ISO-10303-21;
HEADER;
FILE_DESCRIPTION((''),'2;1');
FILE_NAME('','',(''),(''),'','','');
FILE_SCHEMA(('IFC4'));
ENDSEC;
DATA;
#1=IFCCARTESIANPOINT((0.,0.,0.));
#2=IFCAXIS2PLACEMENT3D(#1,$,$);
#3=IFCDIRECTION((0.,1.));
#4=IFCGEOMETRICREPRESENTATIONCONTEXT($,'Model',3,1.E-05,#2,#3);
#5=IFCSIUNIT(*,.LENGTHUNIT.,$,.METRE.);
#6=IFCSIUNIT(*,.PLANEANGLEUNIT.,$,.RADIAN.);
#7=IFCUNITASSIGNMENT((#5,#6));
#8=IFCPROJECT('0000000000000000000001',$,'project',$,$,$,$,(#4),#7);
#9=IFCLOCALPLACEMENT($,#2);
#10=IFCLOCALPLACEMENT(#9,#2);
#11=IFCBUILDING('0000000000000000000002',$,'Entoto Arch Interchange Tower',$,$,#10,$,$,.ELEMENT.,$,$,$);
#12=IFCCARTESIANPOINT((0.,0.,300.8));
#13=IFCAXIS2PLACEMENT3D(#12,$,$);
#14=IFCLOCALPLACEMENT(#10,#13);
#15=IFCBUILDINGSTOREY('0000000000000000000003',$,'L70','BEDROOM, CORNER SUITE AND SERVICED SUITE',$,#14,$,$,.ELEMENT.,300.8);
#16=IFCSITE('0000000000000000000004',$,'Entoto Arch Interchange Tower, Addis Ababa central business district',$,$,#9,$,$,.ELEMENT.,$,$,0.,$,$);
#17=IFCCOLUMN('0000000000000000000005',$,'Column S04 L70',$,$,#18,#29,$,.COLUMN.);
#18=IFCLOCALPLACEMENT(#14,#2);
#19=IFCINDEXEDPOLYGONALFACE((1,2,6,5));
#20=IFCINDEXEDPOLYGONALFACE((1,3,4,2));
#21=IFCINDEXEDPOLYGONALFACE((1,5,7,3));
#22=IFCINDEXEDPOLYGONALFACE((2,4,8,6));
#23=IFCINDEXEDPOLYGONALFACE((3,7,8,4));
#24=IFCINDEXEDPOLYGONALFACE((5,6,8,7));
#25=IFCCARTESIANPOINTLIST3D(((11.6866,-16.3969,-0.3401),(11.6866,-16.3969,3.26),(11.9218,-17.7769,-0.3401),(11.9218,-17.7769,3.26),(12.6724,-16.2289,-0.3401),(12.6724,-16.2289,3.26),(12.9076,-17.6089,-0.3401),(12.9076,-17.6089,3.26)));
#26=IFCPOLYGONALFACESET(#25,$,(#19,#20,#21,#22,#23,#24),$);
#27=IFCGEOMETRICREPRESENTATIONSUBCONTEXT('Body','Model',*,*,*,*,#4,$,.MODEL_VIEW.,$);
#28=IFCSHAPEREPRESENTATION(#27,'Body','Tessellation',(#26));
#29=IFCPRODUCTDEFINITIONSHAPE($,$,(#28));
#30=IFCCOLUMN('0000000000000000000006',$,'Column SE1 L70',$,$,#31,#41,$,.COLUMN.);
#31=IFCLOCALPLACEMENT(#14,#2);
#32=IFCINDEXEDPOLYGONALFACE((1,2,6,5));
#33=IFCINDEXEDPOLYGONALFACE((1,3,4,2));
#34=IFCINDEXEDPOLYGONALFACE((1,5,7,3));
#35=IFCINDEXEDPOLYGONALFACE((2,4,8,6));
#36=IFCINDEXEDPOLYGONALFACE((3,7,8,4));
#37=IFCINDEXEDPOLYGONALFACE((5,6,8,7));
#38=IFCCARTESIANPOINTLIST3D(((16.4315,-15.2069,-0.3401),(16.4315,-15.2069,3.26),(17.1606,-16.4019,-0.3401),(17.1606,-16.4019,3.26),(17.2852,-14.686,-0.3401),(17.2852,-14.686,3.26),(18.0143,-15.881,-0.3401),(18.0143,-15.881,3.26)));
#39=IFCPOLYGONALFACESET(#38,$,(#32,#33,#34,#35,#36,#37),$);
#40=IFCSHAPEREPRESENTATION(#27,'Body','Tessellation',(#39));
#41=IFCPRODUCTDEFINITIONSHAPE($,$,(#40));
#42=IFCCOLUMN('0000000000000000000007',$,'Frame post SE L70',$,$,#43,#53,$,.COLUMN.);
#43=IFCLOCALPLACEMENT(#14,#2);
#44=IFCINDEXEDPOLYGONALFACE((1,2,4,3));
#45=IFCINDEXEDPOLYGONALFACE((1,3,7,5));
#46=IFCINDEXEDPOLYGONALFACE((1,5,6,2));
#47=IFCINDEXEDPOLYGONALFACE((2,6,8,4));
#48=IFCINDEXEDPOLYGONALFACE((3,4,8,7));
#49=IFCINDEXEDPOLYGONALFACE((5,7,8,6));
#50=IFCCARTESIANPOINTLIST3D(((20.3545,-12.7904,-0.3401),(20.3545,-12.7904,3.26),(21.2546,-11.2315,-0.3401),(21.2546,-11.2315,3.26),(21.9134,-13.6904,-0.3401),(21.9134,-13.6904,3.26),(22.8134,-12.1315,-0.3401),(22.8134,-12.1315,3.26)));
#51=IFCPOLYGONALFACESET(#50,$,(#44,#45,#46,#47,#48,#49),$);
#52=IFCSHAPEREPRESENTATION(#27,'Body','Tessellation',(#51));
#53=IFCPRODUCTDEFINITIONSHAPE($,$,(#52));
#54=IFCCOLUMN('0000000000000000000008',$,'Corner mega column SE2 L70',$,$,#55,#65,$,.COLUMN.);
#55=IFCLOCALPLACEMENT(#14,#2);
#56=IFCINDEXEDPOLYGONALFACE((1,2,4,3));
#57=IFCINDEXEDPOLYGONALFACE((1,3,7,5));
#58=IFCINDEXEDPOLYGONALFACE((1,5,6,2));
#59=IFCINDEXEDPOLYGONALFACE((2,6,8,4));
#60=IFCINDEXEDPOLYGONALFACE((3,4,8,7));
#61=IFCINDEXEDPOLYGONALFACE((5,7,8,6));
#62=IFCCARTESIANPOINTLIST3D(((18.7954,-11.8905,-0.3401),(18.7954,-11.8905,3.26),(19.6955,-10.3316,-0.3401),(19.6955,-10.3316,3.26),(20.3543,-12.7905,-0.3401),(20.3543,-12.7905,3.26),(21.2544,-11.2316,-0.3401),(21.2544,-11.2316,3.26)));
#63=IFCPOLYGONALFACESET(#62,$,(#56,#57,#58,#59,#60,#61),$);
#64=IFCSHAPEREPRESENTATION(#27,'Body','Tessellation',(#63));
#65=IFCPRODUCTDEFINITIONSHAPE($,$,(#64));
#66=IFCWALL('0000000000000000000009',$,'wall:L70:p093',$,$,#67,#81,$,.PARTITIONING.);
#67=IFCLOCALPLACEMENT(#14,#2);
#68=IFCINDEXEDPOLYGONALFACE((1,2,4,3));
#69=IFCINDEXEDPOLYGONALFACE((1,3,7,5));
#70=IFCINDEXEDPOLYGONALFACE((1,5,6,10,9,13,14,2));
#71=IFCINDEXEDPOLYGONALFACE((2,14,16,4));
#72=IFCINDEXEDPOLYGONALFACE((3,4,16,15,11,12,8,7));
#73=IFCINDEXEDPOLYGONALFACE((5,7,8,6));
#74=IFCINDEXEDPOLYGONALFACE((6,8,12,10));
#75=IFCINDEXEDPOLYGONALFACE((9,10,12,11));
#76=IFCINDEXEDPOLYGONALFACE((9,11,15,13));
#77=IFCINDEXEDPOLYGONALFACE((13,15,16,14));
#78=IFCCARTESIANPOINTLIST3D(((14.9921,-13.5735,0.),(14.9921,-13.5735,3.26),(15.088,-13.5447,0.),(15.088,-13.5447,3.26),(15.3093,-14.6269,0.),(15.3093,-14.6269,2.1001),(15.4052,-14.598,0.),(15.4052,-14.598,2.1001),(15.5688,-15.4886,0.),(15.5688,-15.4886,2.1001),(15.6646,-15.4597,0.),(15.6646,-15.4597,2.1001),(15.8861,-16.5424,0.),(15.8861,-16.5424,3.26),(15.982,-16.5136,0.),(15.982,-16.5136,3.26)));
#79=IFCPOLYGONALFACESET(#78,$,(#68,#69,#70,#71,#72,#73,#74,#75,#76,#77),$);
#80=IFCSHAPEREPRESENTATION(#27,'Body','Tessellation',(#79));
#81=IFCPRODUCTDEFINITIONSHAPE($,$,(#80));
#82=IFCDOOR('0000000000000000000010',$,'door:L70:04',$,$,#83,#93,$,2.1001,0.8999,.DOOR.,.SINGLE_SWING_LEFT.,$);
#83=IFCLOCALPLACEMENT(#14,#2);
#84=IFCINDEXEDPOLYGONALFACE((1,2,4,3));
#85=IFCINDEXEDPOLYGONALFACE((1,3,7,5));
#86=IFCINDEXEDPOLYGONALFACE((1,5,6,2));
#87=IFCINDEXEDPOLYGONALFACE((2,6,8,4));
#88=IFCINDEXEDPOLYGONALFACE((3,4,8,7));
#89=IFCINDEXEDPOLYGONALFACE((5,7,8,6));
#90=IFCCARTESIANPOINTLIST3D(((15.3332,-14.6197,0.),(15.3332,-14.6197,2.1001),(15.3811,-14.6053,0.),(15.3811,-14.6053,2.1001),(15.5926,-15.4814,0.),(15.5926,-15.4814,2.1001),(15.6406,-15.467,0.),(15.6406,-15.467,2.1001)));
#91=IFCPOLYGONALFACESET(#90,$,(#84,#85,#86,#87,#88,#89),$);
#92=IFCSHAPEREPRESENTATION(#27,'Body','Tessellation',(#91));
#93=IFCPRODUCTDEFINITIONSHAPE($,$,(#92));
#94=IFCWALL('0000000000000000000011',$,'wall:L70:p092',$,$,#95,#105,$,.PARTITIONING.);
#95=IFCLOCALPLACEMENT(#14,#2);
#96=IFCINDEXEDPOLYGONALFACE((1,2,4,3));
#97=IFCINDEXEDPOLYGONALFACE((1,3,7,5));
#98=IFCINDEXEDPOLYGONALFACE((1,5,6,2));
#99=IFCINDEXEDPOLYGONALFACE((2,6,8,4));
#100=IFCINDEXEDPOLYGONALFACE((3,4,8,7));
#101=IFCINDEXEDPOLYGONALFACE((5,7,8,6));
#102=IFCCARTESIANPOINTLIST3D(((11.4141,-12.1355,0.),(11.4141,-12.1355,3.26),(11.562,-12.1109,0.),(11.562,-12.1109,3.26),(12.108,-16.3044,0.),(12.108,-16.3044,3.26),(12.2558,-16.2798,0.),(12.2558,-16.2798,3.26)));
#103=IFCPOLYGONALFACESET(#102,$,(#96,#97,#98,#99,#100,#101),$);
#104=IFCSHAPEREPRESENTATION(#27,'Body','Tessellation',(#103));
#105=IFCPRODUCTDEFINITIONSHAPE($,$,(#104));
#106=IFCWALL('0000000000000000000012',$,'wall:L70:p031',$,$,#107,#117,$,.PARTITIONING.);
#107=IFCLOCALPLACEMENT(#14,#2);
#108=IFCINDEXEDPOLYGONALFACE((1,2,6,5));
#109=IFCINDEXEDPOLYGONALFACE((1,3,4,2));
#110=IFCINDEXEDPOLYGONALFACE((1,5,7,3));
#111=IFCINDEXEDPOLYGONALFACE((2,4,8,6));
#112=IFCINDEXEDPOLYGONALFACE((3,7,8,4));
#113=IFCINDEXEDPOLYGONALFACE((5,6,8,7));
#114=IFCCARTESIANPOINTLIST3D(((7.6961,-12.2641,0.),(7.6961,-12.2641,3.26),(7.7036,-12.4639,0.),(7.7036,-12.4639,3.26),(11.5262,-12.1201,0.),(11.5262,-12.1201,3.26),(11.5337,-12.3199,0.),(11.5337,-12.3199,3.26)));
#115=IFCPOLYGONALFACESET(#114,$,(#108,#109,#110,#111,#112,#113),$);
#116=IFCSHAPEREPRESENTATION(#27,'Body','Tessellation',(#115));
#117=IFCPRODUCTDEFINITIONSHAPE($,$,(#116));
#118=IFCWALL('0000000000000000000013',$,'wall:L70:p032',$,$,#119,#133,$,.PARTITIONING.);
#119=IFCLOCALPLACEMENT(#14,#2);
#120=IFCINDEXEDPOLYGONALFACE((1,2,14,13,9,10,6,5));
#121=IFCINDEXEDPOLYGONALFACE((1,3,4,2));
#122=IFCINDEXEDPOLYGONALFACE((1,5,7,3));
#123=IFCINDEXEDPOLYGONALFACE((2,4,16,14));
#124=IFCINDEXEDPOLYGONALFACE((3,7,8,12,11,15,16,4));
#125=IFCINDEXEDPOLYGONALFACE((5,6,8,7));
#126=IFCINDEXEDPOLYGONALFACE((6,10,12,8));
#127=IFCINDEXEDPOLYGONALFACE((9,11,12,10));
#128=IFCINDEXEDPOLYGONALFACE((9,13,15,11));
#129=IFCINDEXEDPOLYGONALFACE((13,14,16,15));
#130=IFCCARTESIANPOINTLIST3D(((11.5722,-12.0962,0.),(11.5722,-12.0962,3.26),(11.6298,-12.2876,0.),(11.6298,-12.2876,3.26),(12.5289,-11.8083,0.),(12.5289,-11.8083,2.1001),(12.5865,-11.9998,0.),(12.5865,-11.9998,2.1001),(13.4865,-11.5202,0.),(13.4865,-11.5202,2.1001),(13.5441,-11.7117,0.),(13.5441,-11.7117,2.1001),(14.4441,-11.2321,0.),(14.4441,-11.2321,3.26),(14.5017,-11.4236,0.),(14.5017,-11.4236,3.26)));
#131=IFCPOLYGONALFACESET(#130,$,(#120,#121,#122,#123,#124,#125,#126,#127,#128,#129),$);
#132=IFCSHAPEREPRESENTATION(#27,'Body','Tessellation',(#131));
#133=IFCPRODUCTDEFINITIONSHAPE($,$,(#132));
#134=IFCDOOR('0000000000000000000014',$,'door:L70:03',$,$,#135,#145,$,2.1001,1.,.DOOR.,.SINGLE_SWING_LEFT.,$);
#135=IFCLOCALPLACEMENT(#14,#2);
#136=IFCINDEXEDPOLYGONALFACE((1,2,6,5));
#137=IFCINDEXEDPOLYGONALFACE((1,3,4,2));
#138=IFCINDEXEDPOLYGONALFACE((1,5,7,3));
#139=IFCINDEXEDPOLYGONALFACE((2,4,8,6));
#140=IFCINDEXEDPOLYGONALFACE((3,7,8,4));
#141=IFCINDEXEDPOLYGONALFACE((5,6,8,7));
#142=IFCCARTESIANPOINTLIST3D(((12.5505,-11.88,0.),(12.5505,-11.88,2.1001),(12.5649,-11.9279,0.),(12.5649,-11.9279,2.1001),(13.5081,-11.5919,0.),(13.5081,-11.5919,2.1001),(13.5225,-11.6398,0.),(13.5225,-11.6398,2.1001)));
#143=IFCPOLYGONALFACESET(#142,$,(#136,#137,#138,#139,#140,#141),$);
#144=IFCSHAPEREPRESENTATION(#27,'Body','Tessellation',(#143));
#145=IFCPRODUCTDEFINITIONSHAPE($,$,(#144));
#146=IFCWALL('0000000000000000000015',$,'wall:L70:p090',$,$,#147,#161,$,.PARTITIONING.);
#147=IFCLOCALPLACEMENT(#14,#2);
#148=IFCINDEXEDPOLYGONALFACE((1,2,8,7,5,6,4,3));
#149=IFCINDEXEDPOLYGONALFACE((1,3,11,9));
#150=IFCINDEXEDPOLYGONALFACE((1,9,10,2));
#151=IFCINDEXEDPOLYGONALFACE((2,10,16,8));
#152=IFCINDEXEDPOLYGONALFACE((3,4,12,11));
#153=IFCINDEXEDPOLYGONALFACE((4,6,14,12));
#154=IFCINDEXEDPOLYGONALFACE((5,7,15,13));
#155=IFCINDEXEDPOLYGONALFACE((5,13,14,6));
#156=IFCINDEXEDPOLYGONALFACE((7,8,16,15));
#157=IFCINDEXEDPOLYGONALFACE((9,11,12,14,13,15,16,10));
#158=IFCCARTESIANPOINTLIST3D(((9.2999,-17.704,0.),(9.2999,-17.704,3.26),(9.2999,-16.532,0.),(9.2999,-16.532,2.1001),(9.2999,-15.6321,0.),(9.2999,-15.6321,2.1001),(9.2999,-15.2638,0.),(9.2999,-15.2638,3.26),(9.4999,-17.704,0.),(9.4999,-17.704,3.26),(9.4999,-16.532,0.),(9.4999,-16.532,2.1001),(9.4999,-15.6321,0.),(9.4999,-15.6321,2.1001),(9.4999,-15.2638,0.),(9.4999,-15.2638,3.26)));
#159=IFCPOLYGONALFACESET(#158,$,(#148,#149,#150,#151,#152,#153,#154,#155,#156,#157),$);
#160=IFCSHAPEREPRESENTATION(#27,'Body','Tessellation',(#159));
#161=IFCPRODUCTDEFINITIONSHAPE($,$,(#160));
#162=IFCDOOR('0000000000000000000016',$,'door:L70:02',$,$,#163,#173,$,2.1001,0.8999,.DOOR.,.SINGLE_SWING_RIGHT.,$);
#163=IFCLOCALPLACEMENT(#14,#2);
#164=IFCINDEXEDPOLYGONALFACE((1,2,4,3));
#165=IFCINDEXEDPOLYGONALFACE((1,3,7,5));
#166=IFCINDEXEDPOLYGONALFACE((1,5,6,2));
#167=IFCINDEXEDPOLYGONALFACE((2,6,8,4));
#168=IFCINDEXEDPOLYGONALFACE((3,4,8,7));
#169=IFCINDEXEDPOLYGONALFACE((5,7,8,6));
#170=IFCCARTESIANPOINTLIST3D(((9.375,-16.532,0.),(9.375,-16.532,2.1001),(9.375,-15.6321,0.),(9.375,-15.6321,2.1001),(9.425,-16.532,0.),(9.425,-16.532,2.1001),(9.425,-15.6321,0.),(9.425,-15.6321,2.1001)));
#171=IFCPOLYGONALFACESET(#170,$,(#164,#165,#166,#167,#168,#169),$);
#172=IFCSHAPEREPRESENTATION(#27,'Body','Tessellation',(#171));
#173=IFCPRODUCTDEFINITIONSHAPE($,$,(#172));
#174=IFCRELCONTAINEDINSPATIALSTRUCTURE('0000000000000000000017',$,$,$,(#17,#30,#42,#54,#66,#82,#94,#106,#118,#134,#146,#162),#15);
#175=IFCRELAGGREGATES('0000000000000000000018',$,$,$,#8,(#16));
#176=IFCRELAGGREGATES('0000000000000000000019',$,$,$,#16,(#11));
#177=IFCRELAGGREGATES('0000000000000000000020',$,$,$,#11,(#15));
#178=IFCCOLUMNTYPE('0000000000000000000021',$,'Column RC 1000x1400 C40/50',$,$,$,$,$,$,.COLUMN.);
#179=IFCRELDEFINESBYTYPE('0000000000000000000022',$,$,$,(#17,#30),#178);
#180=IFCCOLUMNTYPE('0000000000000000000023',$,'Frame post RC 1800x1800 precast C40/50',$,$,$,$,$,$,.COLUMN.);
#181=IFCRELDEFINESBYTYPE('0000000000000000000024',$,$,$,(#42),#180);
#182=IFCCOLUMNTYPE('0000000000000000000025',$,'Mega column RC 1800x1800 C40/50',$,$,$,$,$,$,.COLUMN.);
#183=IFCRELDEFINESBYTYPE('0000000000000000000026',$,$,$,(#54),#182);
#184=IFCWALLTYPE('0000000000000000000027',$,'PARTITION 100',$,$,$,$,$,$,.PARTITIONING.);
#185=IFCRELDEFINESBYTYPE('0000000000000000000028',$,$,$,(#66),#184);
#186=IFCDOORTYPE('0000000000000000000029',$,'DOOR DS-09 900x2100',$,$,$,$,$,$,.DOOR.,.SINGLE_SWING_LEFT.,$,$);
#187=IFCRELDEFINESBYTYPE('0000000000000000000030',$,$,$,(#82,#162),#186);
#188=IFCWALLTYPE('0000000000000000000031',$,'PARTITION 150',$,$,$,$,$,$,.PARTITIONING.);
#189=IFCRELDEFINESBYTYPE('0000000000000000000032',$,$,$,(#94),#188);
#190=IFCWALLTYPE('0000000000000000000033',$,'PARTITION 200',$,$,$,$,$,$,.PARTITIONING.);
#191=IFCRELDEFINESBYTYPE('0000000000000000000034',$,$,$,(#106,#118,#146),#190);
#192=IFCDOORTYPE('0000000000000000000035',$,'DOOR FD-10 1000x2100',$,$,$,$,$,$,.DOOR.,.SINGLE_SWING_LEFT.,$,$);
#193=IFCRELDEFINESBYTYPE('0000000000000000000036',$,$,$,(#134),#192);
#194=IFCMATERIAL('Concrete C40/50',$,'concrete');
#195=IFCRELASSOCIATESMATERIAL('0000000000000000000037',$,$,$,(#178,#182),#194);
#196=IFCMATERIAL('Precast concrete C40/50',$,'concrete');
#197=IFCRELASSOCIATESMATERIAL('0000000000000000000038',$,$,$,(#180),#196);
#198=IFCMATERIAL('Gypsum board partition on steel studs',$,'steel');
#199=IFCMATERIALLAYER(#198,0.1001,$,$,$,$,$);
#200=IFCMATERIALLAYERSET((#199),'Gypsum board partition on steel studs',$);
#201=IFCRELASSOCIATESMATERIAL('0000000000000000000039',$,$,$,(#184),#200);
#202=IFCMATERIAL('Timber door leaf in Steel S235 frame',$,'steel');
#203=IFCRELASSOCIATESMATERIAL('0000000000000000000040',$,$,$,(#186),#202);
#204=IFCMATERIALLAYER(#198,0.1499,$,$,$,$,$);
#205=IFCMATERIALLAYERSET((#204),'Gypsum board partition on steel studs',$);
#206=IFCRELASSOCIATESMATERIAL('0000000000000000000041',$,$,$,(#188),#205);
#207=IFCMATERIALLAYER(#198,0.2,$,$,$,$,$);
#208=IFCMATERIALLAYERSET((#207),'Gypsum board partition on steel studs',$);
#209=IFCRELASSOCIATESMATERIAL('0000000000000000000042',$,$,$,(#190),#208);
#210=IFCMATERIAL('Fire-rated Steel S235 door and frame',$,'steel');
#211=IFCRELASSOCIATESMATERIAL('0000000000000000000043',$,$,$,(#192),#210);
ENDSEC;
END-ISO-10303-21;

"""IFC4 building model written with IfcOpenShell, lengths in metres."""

from ifc_helpers import new_model, si_unit, direction, frame, frame_2d, origin, origin_2d, place, context, subcontext, project, spatial, rectangle, extrude, material, layer, layer_set, material_profile, profile_set, type_object, element, fill, save


model = new_model("IFC4")

# Units and contexts
model_context = context("Model", 3, precision=1e-05, world=origin(), true_north=direction((0.0, 1.0)))
body_context = subcontext(model_context, "Body", "Model", "MODEL_VIEW")
ifc_project = project(units=[si_unit("LENGTHUNIT", "METRE"), si_unit("PLANEANGLEUNIT", "RADIAN")], contexts=[model_context])

# Site, building, storey
site_placement = place(None, origin())
site = spatial("IfcSite", under=ifc_project, at=site_placement, Name="Entoto Arch Interchange Tower, Addis Ababa central business district", CompositionType="ELEMENT", RefElevation=0.0)
building_placement = place(site_placement, origin())
building = spatial("IfcBuilding", under=site, at=building_placement, Name="Entoto Arch Interchange Tower", CompositionType="ELEMENT")
storey_placement = place(building_placement, frame((0.0, 0.0, 300.8)))
storey = spatial("IfcBuildingStorey", under=building, at=storey_placement, Name="L70", Description="BEDROOM, CORNER SUITE AND SERVICED SUITE", CompositionType="ELEMENT", Elevation=300.8)

# Columns
ifc_material_1 = material(Name="Concrete C40/50", Category="concrete")
ifc_material_profile_1 = material_profile(ifc_material_1, rectangle(XDim=1.0, YDim=1.3999, at=origin_2d()))
ifc_profile_set_1 = profile_set([ifc_material_profile_1], Name="Concrete C40/50")
column_type_1 = type_object("IfcColumnType", Name="Column RC 1000x1400 C40/50", PredefinedType="COLUMN", material=ifc_profile_set_1)
for number, where, z_axis, x_axis, name in (
    (1, (12.2971, -17.0029, -0.3401), (0.0, 0.0, 1.0), (0.985786, 0.168008, 0.0), "Column S04 L70"),
    (2, (17.2229, -15.5439, -0.3401), (0.0, 0.0, 1.0), (0.853651, 0.520846, 0.0), "Column SE1 L70"),
):
    element("IfcColumn", number, at=place(storey_placement, frame(where, z_axis=z_axis, x_axis=x_axis)), inside=storey, type_object=column_type_1, Name=name, PredefinedType="COLUMN", context=body_context, shape_type="SweptSolid", body=[
        extrude(rectangle(XDim=1.0, YDim=1.3999, at=origin_2d()), origin(), (0.0, 0.0, 1.0), 3.6001),
    ])
ifc_material_2 = material(Name="Precast concrete C40/50", Category="concrete")
ifc_material_profile_2 = material_profile(ifc_material_2, rectangle(XDim=1.8, YDim=1.8, at=origin_2d()))
ifc_profile_set_2 = profile_set([ifc_material_profile_2], Name="Precast concrete C40/50")
column_type_2 = type_object("IfcColumnType", Name="Frame post RC 1800x1800 precast C40/50", PredefinedType="COLUMN", material=ifc_profile_set_2)
column_1_placement = place(storey_placement, frame((21.584, -12.4609, -0.3401), z_axis=(0.0, 0.0, 1.0), x_axis=(-0.866025, 0.5, 0.0)))
element("IfcColumn", 3, at=column_1_placement, inside=storey, type_object=column_type_2, Name="Frame post SE L70", PredefinedType="COLUMN", context=body_context, shape_type="SweptSolid", body=[
    extrude(rectangle(XDim=1.8, YDim=1.8, at=origin_2d()), origin(), (0.0, 0.0, 1.0), 3.6001),
])
ifc_material_profile_3 = material_profile(ifc_material_1, rectangle(XDim=1.8, YDim=1.8, at=origin_2d()))
ifc_profile_set_3 = profile_set([ifc_material_profile_3], Name="Concrete C40/50")
column_type_3 = type_object("IfcColumnType", Name="Mega column RC 1800x1800 C40/50", PredefinedType="COLUMN", material=ifc_profile_set_3)
column_2_placement = place(storey_placement, frame((20.0249, -11.561, -0.3401), z_axis=(0.0, 0.0, 1.0), x_axis=(-0.866025, 0.5, 0.0)))
element("IfcColumn", 4, at=column_2_placement, inside=storey, type_object=column_type_3, Name="Corner mega column SE2 L70", PredefinedType="COLUMN", context=body_context, shape_type="SweptSolid", body=[
    extrude(rectangle(XDim=1.8, YDim=1.8, at=origin_2d()), origin(), (0.0, 0.0, 1.0), 3.6001),
])

# Wall, opening, door
ifc_material_3 = material(Name="Gypsum board partition on steel studs", Category="steel")
ifc_layer_1 = layer(ifc_material_3, 0.1001)
ifc_layer_set_1 = layer_set([ifc_layer_1], Name="Gypsum board partition on steel studs")
wall_type_1 = type_object("IfcWallType", Name="PARTITION 100", PredefinedType="PARTITIONING", material=ifc_layer_set_1)
wall_1_placement = place(storey_placement, frame((15.04, -13.5591, 0.0), z_axis=(0.0, 0.0, 1.0), x_axis=(0.288337, -0.957529, 0.0)))
wall_1 = element("IfcWall", 5, at=wall_1_placement, inside=storey, type_object=wall_type_1, Name="wall:L70:p093", PredefinedType="PARTITIONING", context=body_context, shape_type="SweptSolid", body=[
    extrude(rectangle(XDim=3.1006, YDim=0.1001, at=frame_2d((1.5503, 0.0))), origin(), (0.0, 0.0, 1.0), 3.26),
])
opening_1_placement = place(wall_1_placement, frame((1.1001, 0.0, 0.0)))
opening_1 = element("IfcOpeningElement", 6, at=opening_1_placement, cuts=wall_1, PredefinedType="OPENING", context=body_context, shape_type="SweptSolid", body=[
    extrude(rectangle(XDim=0.8999, YDim=2.1001, at=frame_2d((0.45, 1.05))), frame((0.0, 0.0601, 0.0), z_axis=(0.0, -1.0, 0.0), x_axis=(1.0, 0.0, 0.0)), (0.0, 0.0, 1.0), 0.1201),
])
ifc_material_4 = material(Name="Timber door leaf in Steel S235 frame", Category="steel")
door_type_1 = type_object("IfcDoorType", Name="DOOR DS-09 900x2100", OperationType="SINGLE_SWING_LEFT", PredefinedType="DOOR", material=ifc_material_4)
door_1_placement = place(opening_1_placement, origin())
door_1 = element("IfcDoor", 7, at=door_1_placement, inside=storey, type_object=door_type_1, Name="door:L70:04", OperationType="SINGLE_SWING_LEFT", OverallHeight=2.1001, OverallWidth=0.8999, PredefinedType="DOOR", context=body_context, shape_type="SweptSolid", body=[
    extrude(rectangle(XDim=0.8999, YDim=2.1001, at=frame_2d((0.45, 1.05))), frame((0.0, 0.0249, 0.0), z_axis=(0.0, -1.0, 0.0), x_axis=(1.0, 0.0, 0.0)), (0.0, 0.0, 1.0), 0.05),
])
fill(opening_1, door_1)

# Walls
ifc_layer_2 = layer(ifc_material_3, 0.1499)
ifc_layer_set_2 = layer_set([ifc_layer_2], Name="Gypsum board partition on steel studs")
wall_type_2 = type_object("IfcWallType", Name="PARTITION 150", PredefinedType="PARTITIONING", material=ifc_layer_set_2)
wall_2_placement = place(storey_placement, frame((11.488, -12.123, 0.0), z_axis=(0.0, 0.0, 1.0), x_axis=(0.164174, -0.986431, 0.0)))
element("IfcWall", 8, at=wall_2_placement, inside=storey, type_object=wall_type_2, Name="wall:L70:p092", PredefinedType="PARTITIONING", context=body_context, shape_type="SweptSolid", body=[
    extrude(rectangle(XDim=4.2263, YDim=0.1499, at=frame_2d((2.1133, 0.0))), origin(), (0.0, 0.0, 1.0), 3.26),
])
ifc_layer_3 = layer(ifc_material_3, 0.2)
ifc_layer_set_3 = layer_set([ifc_layer_3], Name="Gypsum board partition on steel studs")
wall_type_3 = type_object("IfcWallType", Name="PARTITION 200", PredefinedType="PARTITIONING", material=ifc_layer_set_3)
wall_3_placement = place(storey_placement, frame((11.53, -12.22, 0.0), z_axis=(0.0, 0.0, 1.0), x_axis=(-0.999294, -0.037582, 0.0)))
element("IfcWall", 9, at=wall_3_placement, inside=storey, type_object=wall_type_3, Name="wall:L70:p031", PredefinedType="PARTITIONING", context=body_context, shape_type="SweptSolid", body=[
    extrude(rectangle(XDim=3.8328, YDim=0.2, at=frame_2d((1.9165, 0.0))), origin(), (0.0, 0.0, 1.0), 3.26),
])

# Walls, openings, doors
wall_4_placement = place(storey_placement, frame((14.4729, -11.3279, 0.0), z_axis=(0.0, 0.0, 1.0), x_axis=(-0.9576, -0.288102, 0.0)))
wall_4 = element("IfcWall", 10, at=wall_4_placement, inside=storey, type_object=wall_type_3, Name="wall:L70:p032", PredefinedType="PARTITIONING", context=body_context, shape_type="SweptSolid", body=[
    extrude(rectangle(XDim=2.999, YDim=0.2, at=frame_2d((1.4995, 0.0))), origin(), (0.0, 0.0, 1.0), 3.26),
])
opening_2_placement = place(wall_4_placement, frame((1.0, 0.0, 0.0)))
opening_2 = element("IfcOpeningElement", 11, at=opening_2_placement, cuts=wall_4, PredefinedType="OPENING", context=body_context, shape_type="SweptSolid", body=[
    extrude(rectangle(XDim=1.0, YDim=2.1001, at=frame_2d((0.5, 1.05))), frame((0.0, 0.1099, 0.0), z_axis=(0.0, -1.0, 0.0), x_axis=(1.0, 0.0, 0.0)), (0.0, 0.0, 1.0), 0.22),
])
ifc_material_5 = material(Name="Fire-rated Steel S235 door and frame", Category="steel")
door_type_2 = type_object("IfcDoorType", Name="DOOR FD-10 1000x2100", OperationType="SINGLE_SWING_LEFT", PredefinedType="DOOR", material=ifc_material_5)
door_2_placement = place(opening_2_placement, origin())
door_2 = element("IfcDoor", 12, at=door_2_placement, inside=storey, type_object=door_type_2, Name="door:L70:03", OperationType="SINGLE_SWING_LEFT", OverallHeight=2.1001, OverallWidth=1.0, PredefinedType="DOOR", context=body_context, shape_type="SweptSolid", body=[
    extrude(rectangle(XDim=1.0, YDim=2.1001, at=frame_2d((0.5, 1.05))), frame((0.0, 0.0249, 0.0), z_axis=(0.0, -1.0, 0.0), x_axis=(1.0, 0.0, 0.0)), (0.0, 0.0, 1.0), 0.05),
])
fill(opening_2, door_2)
wall_5_placement = place(storey_placement, frame((9.3999, -17.7041, 0.0), z_axis=(0.0, 0.0, 1.0), x_axis=(0.0, 1.0, 0.0)))
wall_5 = element("IfcWall", 13, at=wall_5_placement, inside=storey, type_object=wall_type_3, Name="wall:L70:p090", PredefinedType="PARTITIONING", context=body_context, shape_type="SweptSolid", body=[
    extrude(rectangle(XDim=2.4402, YDim=0.2, at=frame_2d((1.2202, 0.0))), origin(), (0.0, 0.0, 1.0), 3.26),
])
opening_3_placement = place(wall_5_placement, frame((1.1721, 0.0, 0.0)))
opening_3 = element("IfcOpeningElement", 14, at=opening_3_placement, cuts=wall_5, PredefinedType="OPENING", context=body_context, shape_type="SweptSolid", body=[
    extrude(rectangle(XDim=0.8999, YDim=2.1001, at=frame_2d((0.45, 1.05))), frame((0.0, 0.1099, 0.0), z_axis=(0.0, -1.0, 0.0), x_axis=(1.0, 0.0, 0.0)), (0.0, 0.0, 1.0), 0.22),
])
door_3_placement = place(opening_3_placement, origin())
door_3 = element("IfcDoor", 15, at=door_3_placement, inside=storey, type_object=door_type_1, Name="door:L70:02", OperationType="SINGLE_SWING_RIGHT", OverallHeight=2.1001, OverallWidth=0.8999, PredefinedType="DOOR", context=body_context, shape_type="SweptSolid", body=[
    extrude(rectangle(XDim=0.8999, YDim=2.1001, at=frame_2d((0.45, 1.05))), frame((0.0, 0.0249, 0.0), z_axis=(0.0, -1.0, 0.0), x_axis=(1.0, 0.0, 0.0)), (0.0, 0.0, 1.0), 0.05),
])
fill(opening_3, door_3)

save(model, "model.ifc")
